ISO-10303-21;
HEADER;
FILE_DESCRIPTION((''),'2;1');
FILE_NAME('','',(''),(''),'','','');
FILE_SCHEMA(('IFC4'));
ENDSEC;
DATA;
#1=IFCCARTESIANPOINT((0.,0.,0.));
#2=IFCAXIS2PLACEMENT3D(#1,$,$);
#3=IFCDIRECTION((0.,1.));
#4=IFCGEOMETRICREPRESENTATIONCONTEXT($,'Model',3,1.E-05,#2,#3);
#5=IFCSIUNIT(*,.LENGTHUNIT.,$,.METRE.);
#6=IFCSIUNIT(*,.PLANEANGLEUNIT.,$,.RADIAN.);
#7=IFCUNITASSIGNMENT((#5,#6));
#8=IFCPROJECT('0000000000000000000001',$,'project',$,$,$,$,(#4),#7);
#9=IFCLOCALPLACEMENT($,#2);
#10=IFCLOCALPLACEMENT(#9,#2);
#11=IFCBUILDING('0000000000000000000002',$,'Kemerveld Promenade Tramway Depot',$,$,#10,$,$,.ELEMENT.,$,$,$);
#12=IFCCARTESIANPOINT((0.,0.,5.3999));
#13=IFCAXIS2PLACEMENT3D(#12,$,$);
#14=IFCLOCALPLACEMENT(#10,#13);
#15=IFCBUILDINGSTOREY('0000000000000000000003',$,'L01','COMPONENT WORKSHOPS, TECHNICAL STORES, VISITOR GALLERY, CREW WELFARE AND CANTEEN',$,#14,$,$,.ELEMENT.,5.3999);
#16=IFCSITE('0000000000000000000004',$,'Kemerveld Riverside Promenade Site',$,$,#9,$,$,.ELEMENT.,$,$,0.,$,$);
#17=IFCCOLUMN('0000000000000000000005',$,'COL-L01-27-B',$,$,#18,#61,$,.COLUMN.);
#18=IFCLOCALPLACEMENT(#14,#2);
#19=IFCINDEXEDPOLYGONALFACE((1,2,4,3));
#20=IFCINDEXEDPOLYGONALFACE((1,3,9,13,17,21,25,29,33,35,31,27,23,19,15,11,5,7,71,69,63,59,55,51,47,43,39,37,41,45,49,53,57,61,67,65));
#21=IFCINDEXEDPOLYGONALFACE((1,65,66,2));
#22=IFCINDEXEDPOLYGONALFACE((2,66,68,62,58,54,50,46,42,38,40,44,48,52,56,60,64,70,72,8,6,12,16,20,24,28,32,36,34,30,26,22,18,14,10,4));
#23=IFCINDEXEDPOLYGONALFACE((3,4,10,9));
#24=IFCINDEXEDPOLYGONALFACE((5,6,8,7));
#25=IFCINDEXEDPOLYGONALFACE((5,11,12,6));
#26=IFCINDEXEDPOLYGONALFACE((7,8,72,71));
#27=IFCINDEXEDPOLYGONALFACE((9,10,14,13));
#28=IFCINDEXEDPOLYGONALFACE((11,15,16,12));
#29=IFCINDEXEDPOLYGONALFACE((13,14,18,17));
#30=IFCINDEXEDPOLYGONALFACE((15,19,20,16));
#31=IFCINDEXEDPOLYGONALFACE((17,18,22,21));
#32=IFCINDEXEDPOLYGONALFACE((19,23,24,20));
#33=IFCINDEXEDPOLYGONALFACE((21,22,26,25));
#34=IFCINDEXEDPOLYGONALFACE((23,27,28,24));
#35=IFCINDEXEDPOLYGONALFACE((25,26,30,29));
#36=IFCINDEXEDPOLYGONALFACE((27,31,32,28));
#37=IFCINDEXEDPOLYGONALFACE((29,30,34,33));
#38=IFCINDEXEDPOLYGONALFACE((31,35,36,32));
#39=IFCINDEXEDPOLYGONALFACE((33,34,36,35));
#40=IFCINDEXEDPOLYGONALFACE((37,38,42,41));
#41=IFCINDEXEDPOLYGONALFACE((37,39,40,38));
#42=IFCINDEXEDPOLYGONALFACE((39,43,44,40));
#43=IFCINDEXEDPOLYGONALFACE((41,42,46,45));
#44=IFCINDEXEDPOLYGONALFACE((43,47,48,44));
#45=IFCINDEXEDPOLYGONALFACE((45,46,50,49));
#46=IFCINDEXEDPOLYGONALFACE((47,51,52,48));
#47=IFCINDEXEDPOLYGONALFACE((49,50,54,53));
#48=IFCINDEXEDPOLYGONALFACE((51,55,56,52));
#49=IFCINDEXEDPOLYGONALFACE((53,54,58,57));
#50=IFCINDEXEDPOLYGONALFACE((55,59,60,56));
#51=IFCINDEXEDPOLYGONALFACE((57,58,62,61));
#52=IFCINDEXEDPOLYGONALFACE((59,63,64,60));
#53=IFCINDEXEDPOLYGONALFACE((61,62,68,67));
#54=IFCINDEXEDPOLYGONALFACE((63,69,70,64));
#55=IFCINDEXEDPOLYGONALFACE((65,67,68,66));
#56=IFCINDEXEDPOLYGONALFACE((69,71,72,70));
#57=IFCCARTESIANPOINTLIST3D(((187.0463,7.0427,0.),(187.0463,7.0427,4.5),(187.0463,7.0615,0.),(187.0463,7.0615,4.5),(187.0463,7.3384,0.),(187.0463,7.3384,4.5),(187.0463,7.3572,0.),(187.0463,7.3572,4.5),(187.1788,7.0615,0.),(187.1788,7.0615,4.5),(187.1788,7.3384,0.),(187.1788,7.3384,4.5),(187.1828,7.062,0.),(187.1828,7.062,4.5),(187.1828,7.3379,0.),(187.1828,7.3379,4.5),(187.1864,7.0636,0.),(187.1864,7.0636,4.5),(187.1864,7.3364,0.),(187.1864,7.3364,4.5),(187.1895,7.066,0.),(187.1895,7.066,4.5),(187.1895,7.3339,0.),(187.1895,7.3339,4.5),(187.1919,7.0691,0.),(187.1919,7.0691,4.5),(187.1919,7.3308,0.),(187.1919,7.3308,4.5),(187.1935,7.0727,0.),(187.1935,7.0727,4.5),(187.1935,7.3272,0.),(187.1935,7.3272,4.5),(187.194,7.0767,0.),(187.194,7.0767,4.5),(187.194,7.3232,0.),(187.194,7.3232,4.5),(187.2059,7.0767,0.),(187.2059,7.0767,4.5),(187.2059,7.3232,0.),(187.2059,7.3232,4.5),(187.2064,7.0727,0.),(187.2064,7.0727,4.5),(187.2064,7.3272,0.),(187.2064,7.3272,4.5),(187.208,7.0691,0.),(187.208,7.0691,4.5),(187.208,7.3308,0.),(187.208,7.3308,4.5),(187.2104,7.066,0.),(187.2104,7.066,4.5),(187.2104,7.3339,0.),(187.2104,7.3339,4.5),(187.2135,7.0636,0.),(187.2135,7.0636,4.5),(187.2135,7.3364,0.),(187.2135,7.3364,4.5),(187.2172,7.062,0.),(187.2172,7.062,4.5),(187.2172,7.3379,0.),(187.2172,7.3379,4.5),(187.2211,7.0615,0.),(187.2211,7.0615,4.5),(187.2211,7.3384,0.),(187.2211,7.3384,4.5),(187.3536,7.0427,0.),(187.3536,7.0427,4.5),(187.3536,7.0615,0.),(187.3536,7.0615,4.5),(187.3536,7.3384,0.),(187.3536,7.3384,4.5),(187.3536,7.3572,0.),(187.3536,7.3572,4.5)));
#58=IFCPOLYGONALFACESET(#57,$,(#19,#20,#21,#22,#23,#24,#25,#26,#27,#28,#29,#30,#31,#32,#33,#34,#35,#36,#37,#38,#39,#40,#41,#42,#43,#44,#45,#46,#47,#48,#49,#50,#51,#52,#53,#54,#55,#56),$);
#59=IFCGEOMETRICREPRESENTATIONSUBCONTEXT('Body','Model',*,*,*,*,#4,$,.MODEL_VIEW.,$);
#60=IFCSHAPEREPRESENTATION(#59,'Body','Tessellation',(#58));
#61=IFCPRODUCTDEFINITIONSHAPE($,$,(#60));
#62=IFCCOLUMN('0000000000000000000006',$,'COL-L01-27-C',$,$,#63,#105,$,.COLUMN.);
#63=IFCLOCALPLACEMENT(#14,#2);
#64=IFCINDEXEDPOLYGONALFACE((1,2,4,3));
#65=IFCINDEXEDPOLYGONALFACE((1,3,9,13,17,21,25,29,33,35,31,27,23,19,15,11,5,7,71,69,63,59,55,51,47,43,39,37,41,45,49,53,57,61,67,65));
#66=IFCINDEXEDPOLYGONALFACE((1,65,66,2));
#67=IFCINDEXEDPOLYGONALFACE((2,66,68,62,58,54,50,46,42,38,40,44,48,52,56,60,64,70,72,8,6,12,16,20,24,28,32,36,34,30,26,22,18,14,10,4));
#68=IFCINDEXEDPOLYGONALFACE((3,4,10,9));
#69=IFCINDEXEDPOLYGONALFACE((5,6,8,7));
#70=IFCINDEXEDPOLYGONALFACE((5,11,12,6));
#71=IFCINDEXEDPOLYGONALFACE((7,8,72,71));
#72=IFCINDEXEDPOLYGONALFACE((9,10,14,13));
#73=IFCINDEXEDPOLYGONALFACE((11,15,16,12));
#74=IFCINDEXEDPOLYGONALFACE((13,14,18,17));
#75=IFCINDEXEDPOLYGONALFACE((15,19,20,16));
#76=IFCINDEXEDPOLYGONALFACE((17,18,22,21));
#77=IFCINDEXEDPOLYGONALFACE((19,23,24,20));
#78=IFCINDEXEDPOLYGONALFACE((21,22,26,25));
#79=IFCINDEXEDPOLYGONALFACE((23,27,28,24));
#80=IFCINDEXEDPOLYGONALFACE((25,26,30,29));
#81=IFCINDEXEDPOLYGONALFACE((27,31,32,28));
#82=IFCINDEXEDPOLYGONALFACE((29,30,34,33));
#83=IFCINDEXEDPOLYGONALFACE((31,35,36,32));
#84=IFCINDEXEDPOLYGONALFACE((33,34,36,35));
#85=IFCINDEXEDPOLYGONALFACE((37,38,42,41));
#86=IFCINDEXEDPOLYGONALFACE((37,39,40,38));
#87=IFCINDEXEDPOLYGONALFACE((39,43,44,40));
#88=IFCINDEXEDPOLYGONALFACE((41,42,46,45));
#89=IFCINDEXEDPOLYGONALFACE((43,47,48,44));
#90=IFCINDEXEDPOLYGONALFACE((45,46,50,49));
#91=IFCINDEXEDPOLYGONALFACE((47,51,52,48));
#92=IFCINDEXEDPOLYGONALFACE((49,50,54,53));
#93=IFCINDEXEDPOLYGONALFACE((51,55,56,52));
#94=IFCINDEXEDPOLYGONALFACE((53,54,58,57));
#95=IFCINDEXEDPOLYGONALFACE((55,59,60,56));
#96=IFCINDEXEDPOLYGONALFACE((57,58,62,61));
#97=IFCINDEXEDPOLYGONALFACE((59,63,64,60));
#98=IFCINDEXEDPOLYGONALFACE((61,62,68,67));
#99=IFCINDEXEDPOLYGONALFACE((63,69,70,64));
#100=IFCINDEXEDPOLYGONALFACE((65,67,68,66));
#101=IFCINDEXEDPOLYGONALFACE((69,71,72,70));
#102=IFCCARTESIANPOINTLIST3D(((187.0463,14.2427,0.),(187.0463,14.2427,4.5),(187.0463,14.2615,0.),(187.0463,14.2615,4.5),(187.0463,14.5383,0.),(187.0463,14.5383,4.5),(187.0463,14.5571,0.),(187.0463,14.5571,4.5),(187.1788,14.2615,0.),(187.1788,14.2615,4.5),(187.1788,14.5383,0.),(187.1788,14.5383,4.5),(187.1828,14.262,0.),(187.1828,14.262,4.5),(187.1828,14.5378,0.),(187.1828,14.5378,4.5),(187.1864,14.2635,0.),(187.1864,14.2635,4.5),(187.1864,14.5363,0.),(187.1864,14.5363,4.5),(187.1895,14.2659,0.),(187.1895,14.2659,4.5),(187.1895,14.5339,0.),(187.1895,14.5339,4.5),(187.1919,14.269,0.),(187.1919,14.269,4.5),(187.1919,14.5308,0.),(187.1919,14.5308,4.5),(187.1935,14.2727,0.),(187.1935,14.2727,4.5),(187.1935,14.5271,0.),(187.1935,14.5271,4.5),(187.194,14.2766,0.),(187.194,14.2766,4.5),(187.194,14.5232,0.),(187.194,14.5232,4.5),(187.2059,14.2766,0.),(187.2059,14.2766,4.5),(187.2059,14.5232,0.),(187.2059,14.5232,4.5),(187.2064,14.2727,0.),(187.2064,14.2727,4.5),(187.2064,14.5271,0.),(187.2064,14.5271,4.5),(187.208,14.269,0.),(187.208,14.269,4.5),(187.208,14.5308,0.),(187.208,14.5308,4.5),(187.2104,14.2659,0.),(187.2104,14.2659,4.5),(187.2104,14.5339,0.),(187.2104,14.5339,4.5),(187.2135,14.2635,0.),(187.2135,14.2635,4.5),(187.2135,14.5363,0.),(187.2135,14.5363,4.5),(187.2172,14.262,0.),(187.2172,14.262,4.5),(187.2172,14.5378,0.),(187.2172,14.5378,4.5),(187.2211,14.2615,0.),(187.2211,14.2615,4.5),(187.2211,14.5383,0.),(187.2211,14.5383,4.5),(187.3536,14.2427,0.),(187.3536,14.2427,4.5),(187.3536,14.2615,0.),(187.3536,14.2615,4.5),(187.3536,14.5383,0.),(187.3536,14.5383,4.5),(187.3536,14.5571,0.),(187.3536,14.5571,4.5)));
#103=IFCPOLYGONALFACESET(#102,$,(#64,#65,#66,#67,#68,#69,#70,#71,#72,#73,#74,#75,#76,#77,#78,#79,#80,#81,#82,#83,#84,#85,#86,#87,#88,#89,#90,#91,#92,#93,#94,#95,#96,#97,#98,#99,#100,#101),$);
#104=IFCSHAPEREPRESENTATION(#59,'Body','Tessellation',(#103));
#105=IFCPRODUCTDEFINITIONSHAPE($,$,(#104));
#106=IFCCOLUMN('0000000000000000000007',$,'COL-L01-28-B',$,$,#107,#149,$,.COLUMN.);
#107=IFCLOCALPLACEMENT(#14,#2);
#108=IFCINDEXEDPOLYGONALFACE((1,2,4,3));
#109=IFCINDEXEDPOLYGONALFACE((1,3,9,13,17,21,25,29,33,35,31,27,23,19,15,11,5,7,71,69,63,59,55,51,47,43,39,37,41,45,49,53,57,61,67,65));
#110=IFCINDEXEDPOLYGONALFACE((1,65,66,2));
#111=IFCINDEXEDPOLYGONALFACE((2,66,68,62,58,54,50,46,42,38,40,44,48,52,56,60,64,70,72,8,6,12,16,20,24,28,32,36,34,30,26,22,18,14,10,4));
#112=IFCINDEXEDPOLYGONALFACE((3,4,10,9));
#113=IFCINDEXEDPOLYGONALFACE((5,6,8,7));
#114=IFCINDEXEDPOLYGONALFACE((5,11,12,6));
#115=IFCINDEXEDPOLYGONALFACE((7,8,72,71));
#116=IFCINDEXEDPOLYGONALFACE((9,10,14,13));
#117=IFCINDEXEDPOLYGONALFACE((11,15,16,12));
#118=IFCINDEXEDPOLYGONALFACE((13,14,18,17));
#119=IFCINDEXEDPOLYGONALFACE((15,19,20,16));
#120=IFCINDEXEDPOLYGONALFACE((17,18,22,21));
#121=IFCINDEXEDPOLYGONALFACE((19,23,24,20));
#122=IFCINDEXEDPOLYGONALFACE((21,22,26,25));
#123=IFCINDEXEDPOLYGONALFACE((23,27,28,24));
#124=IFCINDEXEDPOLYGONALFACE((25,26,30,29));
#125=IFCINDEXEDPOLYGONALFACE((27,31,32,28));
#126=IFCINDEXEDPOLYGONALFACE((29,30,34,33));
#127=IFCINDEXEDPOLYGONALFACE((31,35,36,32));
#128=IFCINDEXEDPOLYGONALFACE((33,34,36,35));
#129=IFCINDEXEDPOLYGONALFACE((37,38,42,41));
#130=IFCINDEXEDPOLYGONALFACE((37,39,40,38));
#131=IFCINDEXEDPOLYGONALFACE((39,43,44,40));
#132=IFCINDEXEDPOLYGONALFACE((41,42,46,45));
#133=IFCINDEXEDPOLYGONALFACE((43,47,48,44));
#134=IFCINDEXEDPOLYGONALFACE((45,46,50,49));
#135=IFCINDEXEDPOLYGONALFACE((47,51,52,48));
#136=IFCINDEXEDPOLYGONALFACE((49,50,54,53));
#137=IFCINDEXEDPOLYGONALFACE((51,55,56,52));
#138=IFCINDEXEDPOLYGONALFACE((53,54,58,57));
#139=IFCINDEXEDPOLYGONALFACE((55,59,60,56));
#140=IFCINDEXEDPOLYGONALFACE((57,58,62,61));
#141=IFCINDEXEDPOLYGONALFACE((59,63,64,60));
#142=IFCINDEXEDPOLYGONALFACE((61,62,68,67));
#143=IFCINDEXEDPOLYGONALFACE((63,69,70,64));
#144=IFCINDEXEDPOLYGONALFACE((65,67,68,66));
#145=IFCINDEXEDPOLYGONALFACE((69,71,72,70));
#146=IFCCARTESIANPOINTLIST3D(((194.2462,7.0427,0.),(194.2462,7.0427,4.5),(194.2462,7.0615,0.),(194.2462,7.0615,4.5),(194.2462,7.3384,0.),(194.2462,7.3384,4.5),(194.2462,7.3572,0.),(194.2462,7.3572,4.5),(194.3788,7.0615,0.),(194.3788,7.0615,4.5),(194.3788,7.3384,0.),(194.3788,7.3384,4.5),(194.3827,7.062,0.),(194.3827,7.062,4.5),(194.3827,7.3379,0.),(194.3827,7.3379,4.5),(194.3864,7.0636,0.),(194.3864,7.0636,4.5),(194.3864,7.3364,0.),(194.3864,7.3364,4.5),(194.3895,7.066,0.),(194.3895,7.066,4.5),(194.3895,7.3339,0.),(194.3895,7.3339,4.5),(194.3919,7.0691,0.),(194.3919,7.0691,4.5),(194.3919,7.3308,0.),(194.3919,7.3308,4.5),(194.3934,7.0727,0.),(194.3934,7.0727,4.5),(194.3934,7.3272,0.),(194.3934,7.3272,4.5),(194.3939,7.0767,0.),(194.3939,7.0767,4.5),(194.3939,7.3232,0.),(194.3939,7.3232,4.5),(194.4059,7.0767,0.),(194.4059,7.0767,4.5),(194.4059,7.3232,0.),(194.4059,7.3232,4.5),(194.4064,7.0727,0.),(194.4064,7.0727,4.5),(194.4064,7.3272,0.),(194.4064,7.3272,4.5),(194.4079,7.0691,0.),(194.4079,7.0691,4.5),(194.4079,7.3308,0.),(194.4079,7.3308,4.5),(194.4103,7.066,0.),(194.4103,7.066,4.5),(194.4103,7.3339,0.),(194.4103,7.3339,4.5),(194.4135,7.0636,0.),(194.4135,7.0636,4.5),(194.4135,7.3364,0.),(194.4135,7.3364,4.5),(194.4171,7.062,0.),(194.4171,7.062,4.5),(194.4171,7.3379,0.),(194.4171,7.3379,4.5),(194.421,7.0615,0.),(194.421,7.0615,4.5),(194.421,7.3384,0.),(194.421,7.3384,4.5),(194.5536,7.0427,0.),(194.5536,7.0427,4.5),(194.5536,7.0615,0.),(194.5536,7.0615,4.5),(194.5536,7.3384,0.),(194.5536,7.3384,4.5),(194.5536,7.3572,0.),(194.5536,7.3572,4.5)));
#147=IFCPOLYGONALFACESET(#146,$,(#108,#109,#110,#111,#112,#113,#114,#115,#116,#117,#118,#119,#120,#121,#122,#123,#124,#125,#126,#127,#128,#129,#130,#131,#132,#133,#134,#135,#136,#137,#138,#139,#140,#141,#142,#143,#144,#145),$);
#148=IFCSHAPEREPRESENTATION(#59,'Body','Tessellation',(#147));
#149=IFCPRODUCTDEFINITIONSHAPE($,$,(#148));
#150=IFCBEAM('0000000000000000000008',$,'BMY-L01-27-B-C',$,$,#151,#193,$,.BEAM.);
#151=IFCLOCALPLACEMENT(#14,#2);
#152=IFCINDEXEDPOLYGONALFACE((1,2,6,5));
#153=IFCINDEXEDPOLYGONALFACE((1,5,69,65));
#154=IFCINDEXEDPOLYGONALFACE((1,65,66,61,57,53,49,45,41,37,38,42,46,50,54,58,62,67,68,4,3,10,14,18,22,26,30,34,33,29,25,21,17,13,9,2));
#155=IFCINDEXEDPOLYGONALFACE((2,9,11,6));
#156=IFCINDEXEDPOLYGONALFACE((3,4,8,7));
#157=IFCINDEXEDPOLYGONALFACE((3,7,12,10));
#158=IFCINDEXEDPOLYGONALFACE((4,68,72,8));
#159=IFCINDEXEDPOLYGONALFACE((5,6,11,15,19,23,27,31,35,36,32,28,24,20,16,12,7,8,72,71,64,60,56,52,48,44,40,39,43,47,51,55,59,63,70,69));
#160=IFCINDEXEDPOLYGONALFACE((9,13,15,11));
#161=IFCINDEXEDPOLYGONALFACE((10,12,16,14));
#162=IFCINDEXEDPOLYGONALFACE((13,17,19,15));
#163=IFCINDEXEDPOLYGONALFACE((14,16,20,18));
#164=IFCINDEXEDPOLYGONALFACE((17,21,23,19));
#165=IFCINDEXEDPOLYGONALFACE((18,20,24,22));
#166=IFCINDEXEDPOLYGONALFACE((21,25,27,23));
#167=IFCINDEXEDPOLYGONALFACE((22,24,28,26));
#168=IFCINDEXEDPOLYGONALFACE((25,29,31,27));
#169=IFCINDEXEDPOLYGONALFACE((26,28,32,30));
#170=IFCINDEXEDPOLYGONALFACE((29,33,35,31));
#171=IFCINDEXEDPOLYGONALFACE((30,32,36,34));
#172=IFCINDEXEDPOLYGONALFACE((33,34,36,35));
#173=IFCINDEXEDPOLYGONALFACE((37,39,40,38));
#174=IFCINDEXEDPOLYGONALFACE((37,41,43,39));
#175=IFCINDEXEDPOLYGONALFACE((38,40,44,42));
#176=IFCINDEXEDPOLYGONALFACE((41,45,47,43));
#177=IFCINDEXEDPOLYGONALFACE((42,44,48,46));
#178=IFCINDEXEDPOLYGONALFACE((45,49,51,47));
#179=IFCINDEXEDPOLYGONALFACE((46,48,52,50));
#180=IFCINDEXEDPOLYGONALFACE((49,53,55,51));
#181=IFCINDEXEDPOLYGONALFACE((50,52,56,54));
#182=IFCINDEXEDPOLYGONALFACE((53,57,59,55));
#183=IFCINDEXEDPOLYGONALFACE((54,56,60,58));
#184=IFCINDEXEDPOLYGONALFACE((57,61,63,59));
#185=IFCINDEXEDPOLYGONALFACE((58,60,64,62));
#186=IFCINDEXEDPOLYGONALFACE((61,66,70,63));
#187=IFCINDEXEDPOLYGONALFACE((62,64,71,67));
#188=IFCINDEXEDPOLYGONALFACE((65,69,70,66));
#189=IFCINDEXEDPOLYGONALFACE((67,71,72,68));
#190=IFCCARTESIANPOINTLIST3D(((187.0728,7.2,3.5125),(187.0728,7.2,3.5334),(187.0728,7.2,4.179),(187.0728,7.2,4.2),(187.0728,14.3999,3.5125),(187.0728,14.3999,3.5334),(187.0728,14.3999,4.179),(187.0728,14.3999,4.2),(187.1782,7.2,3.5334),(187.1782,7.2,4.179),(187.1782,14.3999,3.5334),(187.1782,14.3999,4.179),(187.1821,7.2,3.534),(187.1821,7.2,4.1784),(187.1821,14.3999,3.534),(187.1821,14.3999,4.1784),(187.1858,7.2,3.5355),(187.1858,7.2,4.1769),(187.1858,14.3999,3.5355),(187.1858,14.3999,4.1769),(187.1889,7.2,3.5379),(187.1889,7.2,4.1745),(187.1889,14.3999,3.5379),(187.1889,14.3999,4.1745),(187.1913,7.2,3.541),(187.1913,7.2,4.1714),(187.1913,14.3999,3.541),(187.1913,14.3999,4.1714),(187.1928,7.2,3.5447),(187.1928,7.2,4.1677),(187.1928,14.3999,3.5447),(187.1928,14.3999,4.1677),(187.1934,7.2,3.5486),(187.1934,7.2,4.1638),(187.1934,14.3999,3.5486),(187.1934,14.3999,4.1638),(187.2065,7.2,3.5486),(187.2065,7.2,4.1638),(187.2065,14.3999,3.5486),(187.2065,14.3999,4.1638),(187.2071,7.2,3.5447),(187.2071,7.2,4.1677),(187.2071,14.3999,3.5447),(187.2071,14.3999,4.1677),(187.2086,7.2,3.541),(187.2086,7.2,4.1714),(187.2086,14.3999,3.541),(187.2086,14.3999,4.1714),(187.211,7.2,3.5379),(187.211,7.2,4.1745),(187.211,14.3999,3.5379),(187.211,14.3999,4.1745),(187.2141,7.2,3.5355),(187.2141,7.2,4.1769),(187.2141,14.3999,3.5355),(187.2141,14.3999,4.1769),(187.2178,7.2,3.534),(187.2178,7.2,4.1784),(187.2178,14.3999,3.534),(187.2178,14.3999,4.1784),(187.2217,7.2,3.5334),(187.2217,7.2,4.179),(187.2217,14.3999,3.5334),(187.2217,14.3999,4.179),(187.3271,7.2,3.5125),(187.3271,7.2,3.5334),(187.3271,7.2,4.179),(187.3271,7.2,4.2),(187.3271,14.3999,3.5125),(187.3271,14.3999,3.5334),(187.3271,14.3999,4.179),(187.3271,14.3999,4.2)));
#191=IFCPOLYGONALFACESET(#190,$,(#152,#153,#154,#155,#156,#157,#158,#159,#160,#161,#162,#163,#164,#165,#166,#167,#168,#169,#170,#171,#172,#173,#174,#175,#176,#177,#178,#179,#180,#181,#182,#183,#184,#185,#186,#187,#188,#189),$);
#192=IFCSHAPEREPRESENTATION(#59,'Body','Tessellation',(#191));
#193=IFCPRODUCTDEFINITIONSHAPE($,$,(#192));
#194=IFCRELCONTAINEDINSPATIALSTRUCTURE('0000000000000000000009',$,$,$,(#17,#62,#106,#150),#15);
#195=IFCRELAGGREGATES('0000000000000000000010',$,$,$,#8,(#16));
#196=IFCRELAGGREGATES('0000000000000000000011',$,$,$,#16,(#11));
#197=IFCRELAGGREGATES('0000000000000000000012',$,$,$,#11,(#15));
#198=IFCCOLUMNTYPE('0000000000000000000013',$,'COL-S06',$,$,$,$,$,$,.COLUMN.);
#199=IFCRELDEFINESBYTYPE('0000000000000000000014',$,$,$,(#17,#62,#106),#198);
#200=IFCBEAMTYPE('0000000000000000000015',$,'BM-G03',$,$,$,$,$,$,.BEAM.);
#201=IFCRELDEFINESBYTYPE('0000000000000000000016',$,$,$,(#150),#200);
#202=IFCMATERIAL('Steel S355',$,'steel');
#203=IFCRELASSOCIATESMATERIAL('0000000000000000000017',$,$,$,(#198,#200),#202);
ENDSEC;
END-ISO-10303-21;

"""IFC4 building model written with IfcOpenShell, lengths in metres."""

from ifc_helpers import new_model, si_unit, direction, frame, origin, origin_2d, place, context, subcontext, project, spatial, i_section, extrude, material, material_profile, profile_set, type_object, element, save


model = new_model("IFC4")

# Units and contexts
model_context = context("Model", 3, precision=1e-05, world=origin(), true_north=direction((0.0, 1.0)))
body_context = subcontext(model_context, "Body", "Model", "MODEL_VIEW")
ifc_project = project(units=[si_unit("LENGTHUNIT", "METRE"), si_unit("PLANEANGLEUNIT", "RADIAN")], contexts=[model_context])

# Site, building, storey
site_placement = place(None, origin())
site = spatial("IfcSite", under=ifc_project, at=site_placement, Name="Kemerveld Riverside Promenade Site", CompositionType="ELEMENT", RefElevation=0.0)
building_placement = place(site_placement, origin())
building = spatial("IfcBuilding", under=site, at=building_placement, Name="Kemerveld Promenade Tramway Depot", CompositionType="ELEMENT")
storey_placement = place(building_placement, frame((0.0, 0.0, 5.3999)))
storey = spatial("IfcBuildingStorey", under=building, at=storey_placement, Name="L01", Description="COMPONENT WORKSHOPS, TECHNICAL STORES, VISITOR GALLERY, CREW WELFARE AND CANTEEN", CompositionType="ELEMENT", Elevation=5.3999)

# Columns
ifc_material_1 = material(Name="Steel S355", Category="steel")
ifc_material_profile_1 = material_profile(ifc_material_1, i_section(OverallWidth=0.3074, OverallDepth=0.3145, WebThickness=0.012, FlangeThickness=0.0188, FilletRadius=0.0151, at=origin_2d()), Name="305x305x118 UC")
ifc_profile_set_1 = profile_set([ifc_material_profile_1], Name="Steel S355")
column_type = type_object("IfcColumnType", Name="COL-S06", PredefinedType="COLUMN", material=ifc_profile_set_1)
for number, where, z_axis, x_axis, name in (
    (1, (187.2, 7.2, 0.0), (0.0, 0.0, 1.0), (1.0, 0.0, 0.0), "COL-L01-27-B"),
    (2, (187.2, 14.3999, 0.0), (0.0, 0.0, 1.0), (1.0, 0.0, 0.0), "COL-L01-27-C"),
    (3, (194.3999, 7.2, 0.0), (0.0, 0.0, 1.0), (1.0, 0.0, 0.0), "COL-L01-28-B"),
):
    element("IfcColumn", number, at=place(storey_placement, frame(where, z_axis=z_axis, x_axis=x_axis)), inside=storey, type_object=column_type, Name=name, PredefinedType="COLUMN", context=body_context, shape_type="SweptSolid", body=[
        extrude(i_section(OverallWidth=0.3074, OverallDepth=0.3145, WebThickness=0.012, FlangeThickness=0.0188, FilletRadius=0.0151, at=origin_2d()), origin(), (0.0, 0.0, 1.0), 4.5),
    ])

# Beam
ifc_material_profile_2 = material_profile(ifc_material_1, i_section(OverallWidth=0.2544, OverallDepth=0.6875, WebThickness=0.0132, FlangeThickness=0.021, FilletRadius=0.0151, at=origin_2d()), Name="686x254x152 UB")
ifc_profile_set_2 = profile_set([ifc_material_profile_2], Name="Steel S355")
beam_type_1 = type_object("IfcBeamType", Name="BM-G03", PredefinedType="BEAM", material=ifc_profile_set_2)
beam_1_placement = place(storey_placement, frame((187.2, 7.2, 3.8562), z_axis=(0.0, 1.0, 0.0), x_axis=(-1.0, 0.0, 0.0)))
element("IfcBeam", 4, at=beam_1_placement, inside=storey, type_object=beam_type_1, Name="BMY-L01-27-B-C", PredefinedType="BEAM", context=body_context, shape_type="SweptSolid", body=[
    extrude(i_section(OverallWidth=0.2544, OverallDepth=0.6875, WebThickness=0.0132, FlangeThickness=0.021, FilletRadius=0.0151, at=origin_2d()), origin(), (0.0, 0.0, 1.0), 7.2),
])

save(model, "model.ifc")
